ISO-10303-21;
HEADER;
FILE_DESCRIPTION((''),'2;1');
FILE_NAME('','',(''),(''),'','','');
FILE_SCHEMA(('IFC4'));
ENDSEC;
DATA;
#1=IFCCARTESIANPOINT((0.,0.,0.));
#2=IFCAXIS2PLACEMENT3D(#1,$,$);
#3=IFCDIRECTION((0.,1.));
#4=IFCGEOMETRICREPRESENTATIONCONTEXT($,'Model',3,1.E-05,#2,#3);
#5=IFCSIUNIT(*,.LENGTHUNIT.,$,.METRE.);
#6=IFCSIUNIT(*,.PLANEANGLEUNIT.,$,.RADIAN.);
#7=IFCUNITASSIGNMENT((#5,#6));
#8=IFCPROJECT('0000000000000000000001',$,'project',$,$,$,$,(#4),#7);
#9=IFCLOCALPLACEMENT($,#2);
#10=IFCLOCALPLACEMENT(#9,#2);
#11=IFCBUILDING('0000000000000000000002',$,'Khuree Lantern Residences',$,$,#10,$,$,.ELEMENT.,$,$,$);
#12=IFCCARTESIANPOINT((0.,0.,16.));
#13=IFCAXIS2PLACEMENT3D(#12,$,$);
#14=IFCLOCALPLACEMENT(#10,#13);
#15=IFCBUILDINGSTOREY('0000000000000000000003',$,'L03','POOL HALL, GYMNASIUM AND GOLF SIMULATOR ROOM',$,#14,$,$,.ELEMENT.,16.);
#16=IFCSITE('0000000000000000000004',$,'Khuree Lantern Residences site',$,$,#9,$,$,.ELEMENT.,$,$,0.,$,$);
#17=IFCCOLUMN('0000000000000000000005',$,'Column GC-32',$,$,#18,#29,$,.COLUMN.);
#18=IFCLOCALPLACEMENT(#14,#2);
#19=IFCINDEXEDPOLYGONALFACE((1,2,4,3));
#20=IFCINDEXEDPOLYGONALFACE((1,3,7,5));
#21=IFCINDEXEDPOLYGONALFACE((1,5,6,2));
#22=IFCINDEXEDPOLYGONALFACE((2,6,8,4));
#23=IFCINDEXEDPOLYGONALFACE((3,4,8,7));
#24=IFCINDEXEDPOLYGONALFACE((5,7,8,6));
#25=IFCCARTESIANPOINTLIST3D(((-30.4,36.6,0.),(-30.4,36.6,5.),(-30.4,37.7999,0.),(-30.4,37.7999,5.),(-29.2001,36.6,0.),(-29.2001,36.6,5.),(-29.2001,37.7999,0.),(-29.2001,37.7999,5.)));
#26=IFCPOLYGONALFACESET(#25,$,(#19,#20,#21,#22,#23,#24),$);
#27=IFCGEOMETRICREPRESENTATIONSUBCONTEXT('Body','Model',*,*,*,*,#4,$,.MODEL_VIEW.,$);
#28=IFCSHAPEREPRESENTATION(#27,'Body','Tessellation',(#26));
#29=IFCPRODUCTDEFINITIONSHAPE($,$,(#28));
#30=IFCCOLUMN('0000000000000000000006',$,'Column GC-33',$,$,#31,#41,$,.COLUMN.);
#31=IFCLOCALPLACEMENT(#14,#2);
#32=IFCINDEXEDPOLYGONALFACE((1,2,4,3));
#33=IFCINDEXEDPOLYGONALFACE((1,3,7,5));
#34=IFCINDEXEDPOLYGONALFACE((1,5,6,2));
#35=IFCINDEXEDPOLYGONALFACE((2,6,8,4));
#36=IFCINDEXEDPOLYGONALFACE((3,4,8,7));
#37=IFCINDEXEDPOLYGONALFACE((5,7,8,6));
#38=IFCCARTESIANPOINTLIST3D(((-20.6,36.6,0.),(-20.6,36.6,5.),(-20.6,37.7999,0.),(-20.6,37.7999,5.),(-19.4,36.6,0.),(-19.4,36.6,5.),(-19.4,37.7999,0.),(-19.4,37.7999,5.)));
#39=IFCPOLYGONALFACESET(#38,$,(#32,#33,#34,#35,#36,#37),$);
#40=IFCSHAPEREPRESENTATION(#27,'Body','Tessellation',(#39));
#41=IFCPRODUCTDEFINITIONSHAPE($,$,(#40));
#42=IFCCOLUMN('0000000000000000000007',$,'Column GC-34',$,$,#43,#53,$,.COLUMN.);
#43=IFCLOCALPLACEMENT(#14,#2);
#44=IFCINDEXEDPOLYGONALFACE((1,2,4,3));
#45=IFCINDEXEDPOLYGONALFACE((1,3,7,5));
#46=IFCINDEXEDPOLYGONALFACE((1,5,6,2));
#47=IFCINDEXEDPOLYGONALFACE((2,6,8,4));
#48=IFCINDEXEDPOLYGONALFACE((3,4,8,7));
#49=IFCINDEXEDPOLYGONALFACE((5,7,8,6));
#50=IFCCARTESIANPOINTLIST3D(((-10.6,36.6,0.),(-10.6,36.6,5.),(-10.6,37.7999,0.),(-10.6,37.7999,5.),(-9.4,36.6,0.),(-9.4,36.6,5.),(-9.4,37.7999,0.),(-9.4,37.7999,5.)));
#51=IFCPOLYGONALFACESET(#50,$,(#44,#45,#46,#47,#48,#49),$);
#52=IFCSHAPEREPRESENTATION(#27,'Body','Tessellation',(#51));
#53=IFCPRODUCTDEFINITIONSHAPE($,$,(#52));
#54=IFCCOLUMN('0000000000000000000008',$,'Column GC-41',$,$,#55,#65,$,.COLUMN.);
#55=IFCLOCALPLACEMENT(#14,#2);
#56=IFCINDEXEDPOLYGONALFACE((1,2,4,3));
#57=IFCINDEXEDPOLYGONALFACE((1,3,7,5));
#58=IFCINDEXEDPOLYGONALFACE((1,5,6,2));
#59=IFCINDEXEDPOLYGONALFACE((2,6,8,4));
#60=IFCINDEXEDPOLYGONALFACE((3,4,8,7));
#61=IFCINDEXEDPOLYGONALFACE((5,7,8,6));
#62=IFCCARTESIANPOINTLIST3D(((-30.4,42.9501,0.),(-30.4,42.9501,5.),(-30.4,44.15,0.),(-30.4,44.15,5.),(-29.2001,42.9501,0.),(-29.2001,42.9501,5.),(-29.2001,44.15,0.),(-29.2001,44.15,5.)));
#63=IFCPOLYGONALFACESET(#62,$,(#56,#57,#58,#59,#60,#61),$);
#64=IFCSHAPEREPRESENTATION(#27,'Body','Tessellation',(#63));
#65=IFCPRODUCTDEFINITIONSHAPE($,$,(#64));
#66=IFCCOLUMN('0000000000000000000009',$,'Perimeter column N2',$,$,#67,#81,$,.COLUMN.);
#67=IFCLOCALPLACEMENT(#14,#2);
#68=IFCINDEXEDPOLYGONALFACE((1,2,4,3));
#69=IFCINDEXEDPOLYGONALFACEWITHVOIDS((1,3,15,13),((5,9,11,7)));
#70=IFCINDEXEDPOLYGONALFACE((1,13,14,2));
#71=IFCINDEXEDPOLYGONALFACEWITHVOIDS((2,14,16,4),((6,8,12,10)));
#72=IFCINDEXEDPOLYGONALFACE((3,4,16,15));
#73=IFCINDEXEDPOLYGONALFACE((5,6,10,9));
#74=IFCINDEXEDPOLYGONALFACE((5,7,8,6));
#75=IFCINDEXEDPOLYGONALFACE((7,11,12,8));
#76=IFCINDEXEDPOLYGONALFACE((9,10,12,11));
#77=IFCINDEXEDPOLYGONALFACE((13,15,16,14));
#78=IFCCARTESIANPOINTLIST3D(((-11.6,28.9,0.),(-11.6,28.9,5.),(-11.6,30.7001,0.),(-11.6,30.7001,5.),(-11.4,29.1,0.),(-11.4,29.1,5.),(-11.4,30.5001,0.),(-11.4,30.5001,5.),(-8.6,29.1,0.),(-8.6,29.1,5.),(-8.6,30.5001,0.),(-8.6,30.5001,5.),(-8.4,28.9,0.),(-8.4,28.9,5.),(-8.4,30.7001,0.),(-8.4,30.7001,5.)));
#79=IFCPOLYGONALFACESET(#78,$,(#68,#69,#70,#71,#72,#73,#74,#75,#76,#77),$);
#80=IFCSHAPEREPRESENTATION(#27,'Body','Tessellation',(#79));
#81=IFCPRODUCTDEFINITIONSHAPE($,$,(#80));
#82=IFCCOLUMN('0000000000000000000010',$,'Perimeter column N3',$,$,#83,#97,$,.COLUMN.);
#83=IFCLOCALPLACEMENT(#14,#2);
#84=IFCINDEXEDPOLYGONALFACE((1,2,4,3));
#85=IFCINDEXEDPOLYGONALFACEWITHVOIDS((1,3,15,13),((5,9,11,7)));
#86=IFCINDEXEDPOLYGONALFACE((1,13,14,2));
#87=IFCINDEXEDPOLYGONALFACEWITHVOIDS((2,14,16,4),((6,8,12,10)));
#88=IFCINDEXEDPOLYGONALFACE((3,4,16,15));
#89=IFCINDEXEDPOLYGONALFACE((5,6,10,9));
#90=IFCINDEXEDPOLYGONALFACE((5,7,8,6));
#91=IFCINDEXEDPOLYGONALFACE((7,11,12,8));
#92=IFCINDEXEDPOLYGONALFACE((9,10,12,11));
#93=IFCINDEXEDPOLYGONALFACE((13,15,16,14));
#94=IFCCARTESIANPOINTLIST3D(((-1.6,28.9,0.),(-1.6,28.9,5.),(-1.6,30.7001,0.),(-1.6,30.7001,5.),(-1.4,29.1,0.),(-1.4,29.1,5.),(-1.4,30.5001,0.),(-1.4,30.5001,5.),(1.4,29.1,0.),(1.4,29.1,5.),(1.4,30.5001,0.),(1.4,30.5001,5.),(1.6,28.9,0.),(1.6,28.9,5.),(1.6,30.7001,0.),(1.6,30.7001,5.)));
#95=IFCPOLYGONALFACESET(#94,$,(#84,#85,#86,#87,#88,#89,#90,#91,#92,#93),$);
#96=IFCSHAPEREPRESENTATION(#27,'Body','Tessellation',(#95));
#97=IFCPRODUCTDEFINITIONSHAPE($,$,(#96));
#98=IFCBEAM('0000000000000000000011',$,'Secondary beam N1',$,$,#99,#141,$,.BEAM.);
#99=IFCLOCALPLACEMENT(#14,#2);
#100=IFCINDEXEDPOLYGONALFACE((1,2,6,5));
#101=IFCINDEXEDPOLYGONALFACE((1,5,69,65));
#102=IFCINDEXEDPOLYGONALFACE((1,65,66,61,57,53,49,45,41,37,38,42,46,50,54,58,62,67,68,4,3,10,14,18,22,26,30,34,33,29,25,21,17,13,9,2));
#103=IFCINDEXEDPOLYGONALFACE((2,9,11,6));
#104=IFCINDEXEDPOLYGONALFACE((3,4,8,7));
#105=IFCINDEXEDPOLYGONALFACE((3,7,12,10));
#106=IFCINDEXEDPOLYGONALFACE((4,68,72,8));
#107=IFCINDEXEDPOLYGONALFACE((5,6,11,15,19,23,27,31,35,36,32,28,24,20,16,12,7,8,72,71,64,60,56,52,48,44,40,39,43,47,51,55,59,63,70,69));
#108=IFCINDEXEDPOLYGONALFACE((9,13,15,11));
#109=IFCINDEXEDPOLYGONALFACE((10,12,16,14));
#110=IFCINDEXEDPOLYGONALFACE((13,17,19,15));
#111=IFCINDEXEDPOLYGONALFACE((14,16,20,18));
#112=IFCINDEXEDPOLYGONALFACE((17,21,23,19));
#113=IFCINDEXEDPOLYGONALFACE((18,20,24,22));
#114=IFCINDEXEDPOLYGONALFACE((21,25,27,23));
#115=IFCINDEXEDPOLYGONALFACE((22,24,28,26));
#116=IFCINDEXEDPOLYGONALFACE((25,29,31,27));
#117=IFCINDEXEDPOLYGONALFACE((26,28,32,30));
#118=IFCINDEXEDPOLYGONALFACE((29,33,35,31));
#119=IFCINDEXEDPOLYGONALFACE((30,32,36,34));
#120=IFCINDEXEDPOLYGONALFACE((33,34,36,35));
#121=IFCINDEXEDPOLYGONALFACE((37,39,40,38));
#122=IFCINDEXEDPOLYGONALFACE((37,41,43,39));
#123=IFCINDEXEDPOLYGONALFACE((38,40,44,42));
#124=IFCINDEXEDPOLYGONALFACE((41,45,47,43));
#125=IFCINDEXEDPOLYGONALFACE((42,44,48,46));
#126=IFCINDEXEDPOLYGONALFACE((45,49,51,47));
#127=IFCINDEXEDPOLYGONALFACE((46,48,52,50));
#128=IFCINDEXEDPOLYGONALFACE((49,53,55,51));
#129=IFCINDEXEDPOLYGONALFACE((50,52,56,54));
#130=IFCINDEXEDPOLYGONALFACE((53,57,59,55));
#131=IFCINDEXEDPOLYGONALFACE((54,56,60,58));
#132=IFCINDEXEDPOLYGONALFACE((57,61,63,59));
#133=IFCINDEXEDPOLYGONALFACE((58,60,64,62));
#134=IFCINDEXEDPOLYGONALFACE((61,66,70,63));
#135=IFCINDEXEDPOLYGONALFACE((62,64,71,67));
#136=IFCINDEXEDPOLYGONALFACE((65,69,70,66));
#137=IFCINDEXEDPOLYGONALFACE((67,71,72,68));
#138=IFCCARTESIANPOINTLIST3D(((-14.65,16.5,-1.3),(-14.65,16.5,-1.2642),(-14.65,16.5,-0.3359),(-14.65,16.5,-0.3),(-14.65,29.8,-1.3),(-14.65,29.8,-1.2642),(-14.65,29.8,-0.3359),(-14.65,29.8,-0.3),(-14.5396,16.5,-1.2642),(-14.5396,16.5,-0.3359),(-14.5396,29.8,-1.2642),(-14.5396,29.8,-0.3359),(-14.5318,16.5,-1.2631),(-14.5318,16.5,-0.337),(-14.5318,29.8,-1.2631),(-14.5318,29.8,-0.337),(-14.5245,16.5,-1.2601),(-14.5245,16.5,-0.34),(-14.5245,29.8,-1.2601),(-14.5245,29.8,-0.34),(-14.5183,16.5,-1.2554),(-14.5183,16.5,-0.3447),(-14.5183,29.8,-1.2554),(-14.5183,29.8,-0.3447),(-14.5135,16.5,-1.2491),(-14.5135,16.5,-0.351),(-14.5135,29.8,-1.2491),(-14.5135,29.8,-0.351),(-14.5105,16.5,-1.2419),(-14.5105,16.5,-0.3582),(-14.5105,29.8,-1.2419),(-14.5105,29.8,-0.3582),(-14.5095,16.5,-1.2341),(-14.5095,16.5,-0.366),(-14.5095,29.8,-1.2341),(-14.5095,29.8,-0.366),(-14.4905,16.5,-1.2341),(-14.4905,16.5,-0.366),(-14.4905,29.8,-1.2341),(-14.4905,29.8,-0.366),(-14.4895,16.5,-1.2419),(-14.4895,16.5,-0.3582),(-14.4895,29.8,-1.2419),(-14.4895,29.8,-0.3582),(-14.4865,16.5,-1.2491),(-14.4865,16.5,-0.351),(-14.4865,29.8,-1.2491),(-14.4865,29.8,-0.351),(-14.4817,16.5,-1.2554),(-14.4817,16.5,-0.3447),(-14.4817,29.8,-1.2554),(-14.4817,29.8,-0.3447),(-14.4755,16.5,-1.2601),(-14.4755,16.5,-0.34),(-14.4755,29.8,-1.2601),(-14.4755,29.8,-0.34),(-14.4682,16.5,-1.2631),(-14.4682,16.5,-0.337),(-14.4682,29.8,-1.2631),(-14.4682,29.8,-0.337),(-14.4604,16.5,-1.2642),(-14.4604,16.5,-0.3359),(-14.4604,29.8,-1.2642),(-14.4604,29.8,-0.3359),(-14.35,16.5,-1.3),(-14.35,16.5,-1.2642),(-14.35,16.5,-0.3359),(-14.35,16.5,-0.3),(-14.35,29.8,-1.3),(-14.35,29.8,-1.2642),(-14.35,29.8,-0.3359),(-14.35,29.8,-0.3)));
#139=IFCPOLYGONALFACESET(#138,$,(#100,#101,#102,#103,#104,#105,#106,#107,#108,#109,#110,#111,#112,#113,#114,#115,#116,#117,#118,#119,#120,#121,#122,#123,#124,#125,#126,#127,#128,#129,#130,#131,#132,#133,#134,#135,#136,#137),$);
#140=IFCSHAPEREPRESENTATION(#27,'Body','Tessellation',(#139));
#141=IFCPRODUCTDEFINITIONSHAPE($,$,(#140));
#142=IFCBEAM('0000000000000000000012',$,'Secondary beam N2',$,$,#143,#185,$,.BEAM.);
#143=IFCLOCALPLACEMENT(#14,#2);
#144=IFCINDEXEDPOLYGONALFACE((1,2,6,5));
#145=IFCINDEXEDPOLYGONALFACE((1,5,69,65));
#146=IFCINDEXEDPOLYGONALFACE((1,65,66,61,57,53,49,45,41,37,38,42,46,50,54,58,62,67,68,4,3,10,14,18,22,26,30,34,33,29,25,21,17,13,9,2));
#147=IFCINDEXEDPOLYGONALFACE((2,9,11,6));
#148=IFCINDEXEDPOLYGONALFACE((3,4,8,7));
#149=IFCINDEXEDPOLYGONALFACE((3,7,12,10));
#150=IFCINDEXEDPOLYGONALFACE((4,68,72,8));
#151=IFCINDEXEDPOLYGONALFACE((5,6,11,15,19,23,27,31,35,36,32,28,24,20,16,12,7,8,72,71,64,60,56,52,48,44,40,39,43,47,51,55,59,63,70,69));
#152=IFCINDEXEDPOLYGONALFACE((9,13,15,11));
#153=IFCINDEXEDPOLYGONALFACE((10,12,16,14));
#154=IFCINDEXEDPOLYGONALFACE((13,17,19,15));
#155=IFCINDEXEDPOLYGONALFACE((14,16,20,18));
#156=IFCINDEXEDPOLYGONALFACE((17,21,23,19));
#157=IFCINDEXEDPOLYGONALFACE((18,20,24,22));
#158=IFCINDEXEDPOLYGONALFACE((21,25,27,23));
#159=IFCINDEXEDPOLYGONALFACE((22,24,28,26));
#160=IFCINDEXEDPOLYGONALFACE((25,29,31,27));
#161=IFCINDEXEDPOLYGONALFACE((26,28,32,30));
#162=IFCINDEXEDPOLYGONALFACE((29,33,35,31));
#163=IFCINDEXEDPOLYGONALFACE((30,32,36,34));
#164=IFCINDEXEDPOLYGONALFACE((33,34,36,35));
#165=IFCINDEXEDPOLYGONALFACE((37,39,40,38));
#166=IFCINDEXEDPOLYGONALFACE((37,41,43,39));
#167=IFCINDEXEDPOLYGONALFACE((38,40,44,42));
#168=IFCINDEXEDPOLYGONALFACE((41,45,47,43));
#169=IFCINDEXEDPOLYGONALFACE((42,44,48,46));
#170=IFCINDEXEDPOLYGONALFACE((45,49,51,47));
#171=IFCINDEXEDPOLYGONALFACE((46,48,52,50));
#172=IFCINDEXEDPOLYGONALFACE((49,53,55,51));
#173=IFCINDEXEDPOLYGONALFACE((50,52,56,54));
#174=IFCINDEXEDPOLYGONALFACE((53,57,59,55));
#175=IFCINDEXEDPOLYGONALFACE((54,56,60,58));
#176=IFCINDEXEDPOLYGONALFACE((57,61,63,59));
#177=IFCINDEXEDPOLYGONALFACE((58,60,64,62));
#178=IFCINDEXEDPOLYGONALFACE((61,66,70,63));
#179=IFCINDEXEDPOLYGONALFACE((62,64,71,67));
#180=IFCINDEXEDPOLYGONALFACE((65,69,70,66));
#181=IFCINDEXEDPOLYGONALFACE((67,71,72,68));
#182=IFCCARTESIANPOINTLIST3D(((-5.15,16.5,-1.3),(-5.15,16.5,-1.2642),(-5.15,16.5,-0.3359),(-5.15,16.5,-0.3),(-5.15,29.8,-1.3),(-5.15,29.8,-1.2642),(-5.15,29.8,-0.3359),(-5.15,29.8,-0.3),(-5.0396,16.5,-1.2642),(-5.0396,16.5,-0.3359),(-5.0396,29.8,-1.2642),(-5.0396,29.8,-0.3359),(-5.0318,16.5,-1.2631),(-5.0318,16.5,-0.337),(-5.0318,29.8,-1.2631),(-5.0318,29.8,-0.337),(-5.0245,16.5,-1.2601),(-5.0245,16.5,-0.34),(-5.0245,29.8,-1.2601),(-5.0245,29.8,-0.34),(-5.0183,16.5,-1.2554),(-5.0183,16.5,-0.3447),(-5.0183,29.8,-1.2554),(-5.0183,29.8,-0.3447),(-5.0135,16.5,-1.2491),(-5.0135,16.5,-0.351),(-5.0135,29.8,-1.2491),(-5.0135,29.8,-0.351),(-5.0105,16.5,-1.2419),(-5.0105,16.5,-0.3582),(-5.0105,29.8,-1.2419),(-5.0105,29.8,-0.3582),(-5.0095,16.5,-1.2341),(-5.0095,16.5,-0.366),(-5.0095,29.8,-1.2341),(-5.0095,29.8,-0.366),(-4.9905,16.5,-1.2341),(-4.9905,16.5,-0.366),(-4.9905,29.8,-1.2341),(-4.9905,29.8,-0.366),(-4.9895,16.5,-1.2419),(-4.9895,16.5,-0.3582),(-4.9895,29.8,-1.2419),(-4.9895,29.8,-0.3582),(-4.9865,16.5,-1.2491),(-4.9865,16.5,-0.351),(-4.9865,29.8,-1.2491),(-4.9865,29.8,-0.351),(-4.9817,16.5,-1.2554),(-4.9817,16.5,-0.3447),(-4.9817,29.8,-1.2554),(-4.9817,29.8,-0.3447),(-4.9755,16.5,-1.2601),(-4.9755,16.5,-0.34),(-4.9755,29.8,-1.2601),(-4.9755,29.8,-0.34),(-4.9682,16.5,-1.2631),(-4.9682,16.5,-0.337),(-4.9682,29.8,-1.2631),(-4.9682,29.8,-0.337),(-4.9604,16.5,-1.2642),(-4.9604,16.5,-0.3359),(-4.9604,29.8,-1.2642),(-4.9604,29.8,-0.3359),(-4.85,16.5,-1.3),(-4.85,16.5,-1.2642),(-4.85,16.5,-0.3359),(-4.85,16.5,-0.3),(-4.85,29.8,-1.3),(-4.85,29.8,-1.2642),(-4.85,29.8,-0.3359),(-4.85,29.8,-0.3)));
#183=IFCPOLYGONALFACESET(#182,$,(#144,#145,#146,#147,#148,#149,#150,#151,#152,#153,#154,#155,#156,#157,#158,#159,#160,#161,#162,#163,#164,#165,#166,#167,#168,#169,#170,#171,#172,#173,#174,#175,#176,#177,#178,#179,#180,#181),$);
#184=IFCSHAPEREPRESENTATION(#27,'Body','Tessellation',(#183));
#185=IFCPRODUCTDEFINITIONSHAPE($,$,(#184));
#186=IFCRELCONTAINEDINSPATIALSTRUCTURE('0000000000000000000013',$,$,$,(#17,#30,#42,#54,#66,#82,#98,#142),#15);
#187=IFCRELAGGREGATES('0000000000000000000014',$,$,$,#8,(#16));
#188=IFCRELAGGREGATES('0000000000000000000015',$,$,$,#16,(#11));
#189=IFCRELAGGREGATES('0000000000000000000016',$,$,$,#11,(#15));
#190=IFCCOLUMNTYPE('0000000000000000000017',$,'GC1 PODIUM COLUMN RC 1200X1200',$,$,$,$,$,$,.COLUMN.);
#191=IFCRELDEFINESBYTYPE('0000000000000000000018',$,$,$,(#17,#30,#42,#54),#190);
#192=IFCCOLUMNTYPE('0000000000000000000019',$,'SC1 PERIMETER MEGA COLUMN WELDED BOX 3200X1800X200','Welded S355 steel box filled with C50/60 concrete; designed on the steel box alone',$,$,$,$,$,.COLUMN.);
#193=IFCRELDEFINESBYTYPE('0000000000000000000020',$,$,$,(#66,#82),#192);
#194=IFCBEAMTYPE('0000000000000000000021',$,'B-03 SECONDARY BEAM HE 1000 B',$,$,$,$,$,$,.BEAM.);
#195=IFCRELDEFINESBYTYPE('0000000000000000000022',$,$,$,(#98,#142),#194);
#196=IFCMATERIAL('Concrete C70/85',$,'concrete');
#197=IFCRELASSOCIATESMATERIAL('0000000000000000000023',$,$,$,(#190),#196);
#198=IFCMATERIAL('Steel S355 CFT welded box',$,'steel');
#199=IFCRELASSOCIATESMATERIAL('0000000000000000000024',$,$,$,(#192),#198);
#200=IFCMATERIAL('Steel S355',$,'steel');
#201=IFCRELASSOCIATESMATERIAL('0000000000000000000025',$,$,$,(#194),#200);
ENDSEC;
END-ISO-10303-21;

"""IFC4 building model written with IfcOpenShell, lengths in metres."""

from ifc_helpers import new_model, si_unit, direction, frame, origin, origin_2d, place, context, subcontext, project, spatial, rectangle, hollow_rectangle, i_section, extrude, material, material_profile, profile_set, type_object, element, save


model = new_model("IFC4")

# Units and contexts
model_context = context("Model", 3, precision=1e-05, world=origin(), true_north=direction((0.0, 1.0)))
body_context = subcontext(model_context, "Body", "Model", "MODEL_VIEW")
ifc_project = project(units=[si_unit("LENGTHUNIT", "METRE"), si_unit("PLANEANGLEUNIT", "RADIAN")], contexts=[model_context])

# Site, building, storey
site_placement = place(None, origin())
site = spatial("IfcSite", under=ifc_project, at=site_placement, Name="Khuree Lantern Residences site", CompositionType="ELEMENT", RefElevation=0.0)
building_placement = place(site_placement, origin())
building = spatial("IfcBuilding", under=site, at=building_placement, Name="Khuree Lantern Residences", CompositionType="ELEMENT")
storey_placement = place(building_placement, frame((0.0, 0.0, 16.0)))
storey = spatial("IfcBuildingStorey", under=building, at=storey_placement, Name="L03", Description="POOL HALL, GYMNASIUM AND GOLF SIMULATOR ROOM", CompositionType="ELEMENT", Elevation=16.0)

# Columns
ifc_material_1 = material(Name="Concrete C70/85", Category="concrete")
ifc_material_profile_1 = material_profile(ifc_material_1, rectangle(XDim=1.2, YDim=1.2, at=origin_2d()), Name="RC 1200X1200")
ifc_profile_set_1 = profile_set([ifc_material_profile_1], Name="Concrete C70/85")
column_type_1 = type_object("IfcColumnType", Name="GC1 PODIUM COLUMN RC 1200X1200", PredefinedType="COLUMN", material=ifc_profile_set_1)
for number, where, z_axis, x_axis, name in (
    (1, (-29.8, 37.2, 0.0), (0.0, 0.0, 1.0), (1.0, 0.0, 0.0), "Column GC-32"),
    (2, (-20.0, 37.2, 0.0), (0.0, 0.0, 1.0), (1.0, 0.0, 0.0), "Column GC-33"),
    (3, (-10.0, 37.2, 0.0), (0.0, 0.0, 1.0), (1.0, 0.0, 0.0), "Column GC-34"),
    (4, (-29.8, 43.55, 0.0), (0.0, 0.0, 1.0), (1.0, 0.0, 0.0), "Column GC-41"),
):
    element("IfcColumn", number, at=place(storey_placement, frame(where, z_axis=z_axis, x_axis=x_axis)), inside=storey, type_object=column_type_1, Name=name, PredefinedType="COLUMN", context=body_context, shape_type="SweptSolid", body=[
        extrude(rectangle(XDim=1.2, YDim=1.2, at=origin_2d()), origin(), (0.0, 0.0, 1.0), 5.0),
    ])
ifc_material_2 = material(Name="Steel S355 CFT welded box", Category="steel")
ifc_material_profile_2 = material_profile(ifc_material_2, hollow_rectangle(XDim=3.2, YDim=1.8, WallThickness=0.2, at=origin_2d()), Name="WELDED BOX 3200X1800X200")
ifc_profile_set_2 = profile_set([ifc_material_profile_2], Name="Steel S355 CFT welded box")
column_type_2 = type_object("IfcColumnType", Name="SC1 PERIMETER MEGA COLUMN WELDED BOX 3200X1800X200", Description="Welded S355 steel box filled with C50/60 concrete; designed on the steel box alone", PredefinedType="COLUMN", material=ifc_profile_set_2)
for number, where, z_axis, x_axis, name in (
    (5, (-10.0, 29.8, 0.0), (0.0, 0.0, 1.0), (1.0, 0.0, 0.0), "Perimeter column N2"),
    (6, (0.0, 29.8, 0.0), (0.0, 0.0, 1.0), (1.0, 0.0, 0.0), "Perimeter column N3"),
):
    element("IfcColumn", number, at=place(storey_placement, frame(where, z_axis=z_axis, x_axis=x_axis)), inside=storey, type_object=column_type_2, Name=name, PredefinedType="COLUMN", context=body_context, shape_type="SweptSolid", body=[
        extrude(hollow_rectangle(XDim=3.2, YDim=1.8, WallThickness=0.2, at=origin_2d()), origin(), (0.0, 0.0, 1.0), 5.0),
    ])

# Beams
ifc_material_3 = material(Name="Steel S355", Category="steel")
ifc_material_profile_3 = material_profile(ifc_material_3, i_section(OverallWidth=0.3, OverallDepth=1.0, WebThickness=0.019, FlangeThickness=0.0359, FilletRadius=0.03, at=origin_2d()), Name="HE 1000 B")
ifc_profile_set_3 = profile_set([ifc_material_profile_3], Name="Steel S355")
beam_type_1 = type_object("IfcBeamType", Name="B-03 SECONDARY BEAM HE 1000 B", PredefinedType="BEAM", material=ifc_profile_set_3)
for number, where, z_axis, x_axis, name in (
    (7, (-14.5, 29.8, -0.8), (0.0, -1.0, 0.0), (1.0, 0.0, 0.0), "Secondary beam N1"),
    (8, (-5.0, 29.8, -0.8), (0.0, -1.0, 0.0), (1.0, 0.0, 0.0), "Secondary beam N2"),
):
    element("IfcBeam", number, at=place(storey_placement, frame(where, z_axis=z_axis, x_axis=x_axis)), inside=storey, type_object=beam_type_1, Name=name, PredefinedType="BEAM", context=body_context, shape_type="SweptSolid", body=[
        extrude(i_section(OverallWidth=0.3, OverallDepth=1.0, WebThickness=0.019, FlangeThickness=0.0359, FilletRadius=0.03, at=origin_2d()), origin(), (0.0, 0.0, 1.0), 13.3),
    ])

save(model, "model.ifc")
